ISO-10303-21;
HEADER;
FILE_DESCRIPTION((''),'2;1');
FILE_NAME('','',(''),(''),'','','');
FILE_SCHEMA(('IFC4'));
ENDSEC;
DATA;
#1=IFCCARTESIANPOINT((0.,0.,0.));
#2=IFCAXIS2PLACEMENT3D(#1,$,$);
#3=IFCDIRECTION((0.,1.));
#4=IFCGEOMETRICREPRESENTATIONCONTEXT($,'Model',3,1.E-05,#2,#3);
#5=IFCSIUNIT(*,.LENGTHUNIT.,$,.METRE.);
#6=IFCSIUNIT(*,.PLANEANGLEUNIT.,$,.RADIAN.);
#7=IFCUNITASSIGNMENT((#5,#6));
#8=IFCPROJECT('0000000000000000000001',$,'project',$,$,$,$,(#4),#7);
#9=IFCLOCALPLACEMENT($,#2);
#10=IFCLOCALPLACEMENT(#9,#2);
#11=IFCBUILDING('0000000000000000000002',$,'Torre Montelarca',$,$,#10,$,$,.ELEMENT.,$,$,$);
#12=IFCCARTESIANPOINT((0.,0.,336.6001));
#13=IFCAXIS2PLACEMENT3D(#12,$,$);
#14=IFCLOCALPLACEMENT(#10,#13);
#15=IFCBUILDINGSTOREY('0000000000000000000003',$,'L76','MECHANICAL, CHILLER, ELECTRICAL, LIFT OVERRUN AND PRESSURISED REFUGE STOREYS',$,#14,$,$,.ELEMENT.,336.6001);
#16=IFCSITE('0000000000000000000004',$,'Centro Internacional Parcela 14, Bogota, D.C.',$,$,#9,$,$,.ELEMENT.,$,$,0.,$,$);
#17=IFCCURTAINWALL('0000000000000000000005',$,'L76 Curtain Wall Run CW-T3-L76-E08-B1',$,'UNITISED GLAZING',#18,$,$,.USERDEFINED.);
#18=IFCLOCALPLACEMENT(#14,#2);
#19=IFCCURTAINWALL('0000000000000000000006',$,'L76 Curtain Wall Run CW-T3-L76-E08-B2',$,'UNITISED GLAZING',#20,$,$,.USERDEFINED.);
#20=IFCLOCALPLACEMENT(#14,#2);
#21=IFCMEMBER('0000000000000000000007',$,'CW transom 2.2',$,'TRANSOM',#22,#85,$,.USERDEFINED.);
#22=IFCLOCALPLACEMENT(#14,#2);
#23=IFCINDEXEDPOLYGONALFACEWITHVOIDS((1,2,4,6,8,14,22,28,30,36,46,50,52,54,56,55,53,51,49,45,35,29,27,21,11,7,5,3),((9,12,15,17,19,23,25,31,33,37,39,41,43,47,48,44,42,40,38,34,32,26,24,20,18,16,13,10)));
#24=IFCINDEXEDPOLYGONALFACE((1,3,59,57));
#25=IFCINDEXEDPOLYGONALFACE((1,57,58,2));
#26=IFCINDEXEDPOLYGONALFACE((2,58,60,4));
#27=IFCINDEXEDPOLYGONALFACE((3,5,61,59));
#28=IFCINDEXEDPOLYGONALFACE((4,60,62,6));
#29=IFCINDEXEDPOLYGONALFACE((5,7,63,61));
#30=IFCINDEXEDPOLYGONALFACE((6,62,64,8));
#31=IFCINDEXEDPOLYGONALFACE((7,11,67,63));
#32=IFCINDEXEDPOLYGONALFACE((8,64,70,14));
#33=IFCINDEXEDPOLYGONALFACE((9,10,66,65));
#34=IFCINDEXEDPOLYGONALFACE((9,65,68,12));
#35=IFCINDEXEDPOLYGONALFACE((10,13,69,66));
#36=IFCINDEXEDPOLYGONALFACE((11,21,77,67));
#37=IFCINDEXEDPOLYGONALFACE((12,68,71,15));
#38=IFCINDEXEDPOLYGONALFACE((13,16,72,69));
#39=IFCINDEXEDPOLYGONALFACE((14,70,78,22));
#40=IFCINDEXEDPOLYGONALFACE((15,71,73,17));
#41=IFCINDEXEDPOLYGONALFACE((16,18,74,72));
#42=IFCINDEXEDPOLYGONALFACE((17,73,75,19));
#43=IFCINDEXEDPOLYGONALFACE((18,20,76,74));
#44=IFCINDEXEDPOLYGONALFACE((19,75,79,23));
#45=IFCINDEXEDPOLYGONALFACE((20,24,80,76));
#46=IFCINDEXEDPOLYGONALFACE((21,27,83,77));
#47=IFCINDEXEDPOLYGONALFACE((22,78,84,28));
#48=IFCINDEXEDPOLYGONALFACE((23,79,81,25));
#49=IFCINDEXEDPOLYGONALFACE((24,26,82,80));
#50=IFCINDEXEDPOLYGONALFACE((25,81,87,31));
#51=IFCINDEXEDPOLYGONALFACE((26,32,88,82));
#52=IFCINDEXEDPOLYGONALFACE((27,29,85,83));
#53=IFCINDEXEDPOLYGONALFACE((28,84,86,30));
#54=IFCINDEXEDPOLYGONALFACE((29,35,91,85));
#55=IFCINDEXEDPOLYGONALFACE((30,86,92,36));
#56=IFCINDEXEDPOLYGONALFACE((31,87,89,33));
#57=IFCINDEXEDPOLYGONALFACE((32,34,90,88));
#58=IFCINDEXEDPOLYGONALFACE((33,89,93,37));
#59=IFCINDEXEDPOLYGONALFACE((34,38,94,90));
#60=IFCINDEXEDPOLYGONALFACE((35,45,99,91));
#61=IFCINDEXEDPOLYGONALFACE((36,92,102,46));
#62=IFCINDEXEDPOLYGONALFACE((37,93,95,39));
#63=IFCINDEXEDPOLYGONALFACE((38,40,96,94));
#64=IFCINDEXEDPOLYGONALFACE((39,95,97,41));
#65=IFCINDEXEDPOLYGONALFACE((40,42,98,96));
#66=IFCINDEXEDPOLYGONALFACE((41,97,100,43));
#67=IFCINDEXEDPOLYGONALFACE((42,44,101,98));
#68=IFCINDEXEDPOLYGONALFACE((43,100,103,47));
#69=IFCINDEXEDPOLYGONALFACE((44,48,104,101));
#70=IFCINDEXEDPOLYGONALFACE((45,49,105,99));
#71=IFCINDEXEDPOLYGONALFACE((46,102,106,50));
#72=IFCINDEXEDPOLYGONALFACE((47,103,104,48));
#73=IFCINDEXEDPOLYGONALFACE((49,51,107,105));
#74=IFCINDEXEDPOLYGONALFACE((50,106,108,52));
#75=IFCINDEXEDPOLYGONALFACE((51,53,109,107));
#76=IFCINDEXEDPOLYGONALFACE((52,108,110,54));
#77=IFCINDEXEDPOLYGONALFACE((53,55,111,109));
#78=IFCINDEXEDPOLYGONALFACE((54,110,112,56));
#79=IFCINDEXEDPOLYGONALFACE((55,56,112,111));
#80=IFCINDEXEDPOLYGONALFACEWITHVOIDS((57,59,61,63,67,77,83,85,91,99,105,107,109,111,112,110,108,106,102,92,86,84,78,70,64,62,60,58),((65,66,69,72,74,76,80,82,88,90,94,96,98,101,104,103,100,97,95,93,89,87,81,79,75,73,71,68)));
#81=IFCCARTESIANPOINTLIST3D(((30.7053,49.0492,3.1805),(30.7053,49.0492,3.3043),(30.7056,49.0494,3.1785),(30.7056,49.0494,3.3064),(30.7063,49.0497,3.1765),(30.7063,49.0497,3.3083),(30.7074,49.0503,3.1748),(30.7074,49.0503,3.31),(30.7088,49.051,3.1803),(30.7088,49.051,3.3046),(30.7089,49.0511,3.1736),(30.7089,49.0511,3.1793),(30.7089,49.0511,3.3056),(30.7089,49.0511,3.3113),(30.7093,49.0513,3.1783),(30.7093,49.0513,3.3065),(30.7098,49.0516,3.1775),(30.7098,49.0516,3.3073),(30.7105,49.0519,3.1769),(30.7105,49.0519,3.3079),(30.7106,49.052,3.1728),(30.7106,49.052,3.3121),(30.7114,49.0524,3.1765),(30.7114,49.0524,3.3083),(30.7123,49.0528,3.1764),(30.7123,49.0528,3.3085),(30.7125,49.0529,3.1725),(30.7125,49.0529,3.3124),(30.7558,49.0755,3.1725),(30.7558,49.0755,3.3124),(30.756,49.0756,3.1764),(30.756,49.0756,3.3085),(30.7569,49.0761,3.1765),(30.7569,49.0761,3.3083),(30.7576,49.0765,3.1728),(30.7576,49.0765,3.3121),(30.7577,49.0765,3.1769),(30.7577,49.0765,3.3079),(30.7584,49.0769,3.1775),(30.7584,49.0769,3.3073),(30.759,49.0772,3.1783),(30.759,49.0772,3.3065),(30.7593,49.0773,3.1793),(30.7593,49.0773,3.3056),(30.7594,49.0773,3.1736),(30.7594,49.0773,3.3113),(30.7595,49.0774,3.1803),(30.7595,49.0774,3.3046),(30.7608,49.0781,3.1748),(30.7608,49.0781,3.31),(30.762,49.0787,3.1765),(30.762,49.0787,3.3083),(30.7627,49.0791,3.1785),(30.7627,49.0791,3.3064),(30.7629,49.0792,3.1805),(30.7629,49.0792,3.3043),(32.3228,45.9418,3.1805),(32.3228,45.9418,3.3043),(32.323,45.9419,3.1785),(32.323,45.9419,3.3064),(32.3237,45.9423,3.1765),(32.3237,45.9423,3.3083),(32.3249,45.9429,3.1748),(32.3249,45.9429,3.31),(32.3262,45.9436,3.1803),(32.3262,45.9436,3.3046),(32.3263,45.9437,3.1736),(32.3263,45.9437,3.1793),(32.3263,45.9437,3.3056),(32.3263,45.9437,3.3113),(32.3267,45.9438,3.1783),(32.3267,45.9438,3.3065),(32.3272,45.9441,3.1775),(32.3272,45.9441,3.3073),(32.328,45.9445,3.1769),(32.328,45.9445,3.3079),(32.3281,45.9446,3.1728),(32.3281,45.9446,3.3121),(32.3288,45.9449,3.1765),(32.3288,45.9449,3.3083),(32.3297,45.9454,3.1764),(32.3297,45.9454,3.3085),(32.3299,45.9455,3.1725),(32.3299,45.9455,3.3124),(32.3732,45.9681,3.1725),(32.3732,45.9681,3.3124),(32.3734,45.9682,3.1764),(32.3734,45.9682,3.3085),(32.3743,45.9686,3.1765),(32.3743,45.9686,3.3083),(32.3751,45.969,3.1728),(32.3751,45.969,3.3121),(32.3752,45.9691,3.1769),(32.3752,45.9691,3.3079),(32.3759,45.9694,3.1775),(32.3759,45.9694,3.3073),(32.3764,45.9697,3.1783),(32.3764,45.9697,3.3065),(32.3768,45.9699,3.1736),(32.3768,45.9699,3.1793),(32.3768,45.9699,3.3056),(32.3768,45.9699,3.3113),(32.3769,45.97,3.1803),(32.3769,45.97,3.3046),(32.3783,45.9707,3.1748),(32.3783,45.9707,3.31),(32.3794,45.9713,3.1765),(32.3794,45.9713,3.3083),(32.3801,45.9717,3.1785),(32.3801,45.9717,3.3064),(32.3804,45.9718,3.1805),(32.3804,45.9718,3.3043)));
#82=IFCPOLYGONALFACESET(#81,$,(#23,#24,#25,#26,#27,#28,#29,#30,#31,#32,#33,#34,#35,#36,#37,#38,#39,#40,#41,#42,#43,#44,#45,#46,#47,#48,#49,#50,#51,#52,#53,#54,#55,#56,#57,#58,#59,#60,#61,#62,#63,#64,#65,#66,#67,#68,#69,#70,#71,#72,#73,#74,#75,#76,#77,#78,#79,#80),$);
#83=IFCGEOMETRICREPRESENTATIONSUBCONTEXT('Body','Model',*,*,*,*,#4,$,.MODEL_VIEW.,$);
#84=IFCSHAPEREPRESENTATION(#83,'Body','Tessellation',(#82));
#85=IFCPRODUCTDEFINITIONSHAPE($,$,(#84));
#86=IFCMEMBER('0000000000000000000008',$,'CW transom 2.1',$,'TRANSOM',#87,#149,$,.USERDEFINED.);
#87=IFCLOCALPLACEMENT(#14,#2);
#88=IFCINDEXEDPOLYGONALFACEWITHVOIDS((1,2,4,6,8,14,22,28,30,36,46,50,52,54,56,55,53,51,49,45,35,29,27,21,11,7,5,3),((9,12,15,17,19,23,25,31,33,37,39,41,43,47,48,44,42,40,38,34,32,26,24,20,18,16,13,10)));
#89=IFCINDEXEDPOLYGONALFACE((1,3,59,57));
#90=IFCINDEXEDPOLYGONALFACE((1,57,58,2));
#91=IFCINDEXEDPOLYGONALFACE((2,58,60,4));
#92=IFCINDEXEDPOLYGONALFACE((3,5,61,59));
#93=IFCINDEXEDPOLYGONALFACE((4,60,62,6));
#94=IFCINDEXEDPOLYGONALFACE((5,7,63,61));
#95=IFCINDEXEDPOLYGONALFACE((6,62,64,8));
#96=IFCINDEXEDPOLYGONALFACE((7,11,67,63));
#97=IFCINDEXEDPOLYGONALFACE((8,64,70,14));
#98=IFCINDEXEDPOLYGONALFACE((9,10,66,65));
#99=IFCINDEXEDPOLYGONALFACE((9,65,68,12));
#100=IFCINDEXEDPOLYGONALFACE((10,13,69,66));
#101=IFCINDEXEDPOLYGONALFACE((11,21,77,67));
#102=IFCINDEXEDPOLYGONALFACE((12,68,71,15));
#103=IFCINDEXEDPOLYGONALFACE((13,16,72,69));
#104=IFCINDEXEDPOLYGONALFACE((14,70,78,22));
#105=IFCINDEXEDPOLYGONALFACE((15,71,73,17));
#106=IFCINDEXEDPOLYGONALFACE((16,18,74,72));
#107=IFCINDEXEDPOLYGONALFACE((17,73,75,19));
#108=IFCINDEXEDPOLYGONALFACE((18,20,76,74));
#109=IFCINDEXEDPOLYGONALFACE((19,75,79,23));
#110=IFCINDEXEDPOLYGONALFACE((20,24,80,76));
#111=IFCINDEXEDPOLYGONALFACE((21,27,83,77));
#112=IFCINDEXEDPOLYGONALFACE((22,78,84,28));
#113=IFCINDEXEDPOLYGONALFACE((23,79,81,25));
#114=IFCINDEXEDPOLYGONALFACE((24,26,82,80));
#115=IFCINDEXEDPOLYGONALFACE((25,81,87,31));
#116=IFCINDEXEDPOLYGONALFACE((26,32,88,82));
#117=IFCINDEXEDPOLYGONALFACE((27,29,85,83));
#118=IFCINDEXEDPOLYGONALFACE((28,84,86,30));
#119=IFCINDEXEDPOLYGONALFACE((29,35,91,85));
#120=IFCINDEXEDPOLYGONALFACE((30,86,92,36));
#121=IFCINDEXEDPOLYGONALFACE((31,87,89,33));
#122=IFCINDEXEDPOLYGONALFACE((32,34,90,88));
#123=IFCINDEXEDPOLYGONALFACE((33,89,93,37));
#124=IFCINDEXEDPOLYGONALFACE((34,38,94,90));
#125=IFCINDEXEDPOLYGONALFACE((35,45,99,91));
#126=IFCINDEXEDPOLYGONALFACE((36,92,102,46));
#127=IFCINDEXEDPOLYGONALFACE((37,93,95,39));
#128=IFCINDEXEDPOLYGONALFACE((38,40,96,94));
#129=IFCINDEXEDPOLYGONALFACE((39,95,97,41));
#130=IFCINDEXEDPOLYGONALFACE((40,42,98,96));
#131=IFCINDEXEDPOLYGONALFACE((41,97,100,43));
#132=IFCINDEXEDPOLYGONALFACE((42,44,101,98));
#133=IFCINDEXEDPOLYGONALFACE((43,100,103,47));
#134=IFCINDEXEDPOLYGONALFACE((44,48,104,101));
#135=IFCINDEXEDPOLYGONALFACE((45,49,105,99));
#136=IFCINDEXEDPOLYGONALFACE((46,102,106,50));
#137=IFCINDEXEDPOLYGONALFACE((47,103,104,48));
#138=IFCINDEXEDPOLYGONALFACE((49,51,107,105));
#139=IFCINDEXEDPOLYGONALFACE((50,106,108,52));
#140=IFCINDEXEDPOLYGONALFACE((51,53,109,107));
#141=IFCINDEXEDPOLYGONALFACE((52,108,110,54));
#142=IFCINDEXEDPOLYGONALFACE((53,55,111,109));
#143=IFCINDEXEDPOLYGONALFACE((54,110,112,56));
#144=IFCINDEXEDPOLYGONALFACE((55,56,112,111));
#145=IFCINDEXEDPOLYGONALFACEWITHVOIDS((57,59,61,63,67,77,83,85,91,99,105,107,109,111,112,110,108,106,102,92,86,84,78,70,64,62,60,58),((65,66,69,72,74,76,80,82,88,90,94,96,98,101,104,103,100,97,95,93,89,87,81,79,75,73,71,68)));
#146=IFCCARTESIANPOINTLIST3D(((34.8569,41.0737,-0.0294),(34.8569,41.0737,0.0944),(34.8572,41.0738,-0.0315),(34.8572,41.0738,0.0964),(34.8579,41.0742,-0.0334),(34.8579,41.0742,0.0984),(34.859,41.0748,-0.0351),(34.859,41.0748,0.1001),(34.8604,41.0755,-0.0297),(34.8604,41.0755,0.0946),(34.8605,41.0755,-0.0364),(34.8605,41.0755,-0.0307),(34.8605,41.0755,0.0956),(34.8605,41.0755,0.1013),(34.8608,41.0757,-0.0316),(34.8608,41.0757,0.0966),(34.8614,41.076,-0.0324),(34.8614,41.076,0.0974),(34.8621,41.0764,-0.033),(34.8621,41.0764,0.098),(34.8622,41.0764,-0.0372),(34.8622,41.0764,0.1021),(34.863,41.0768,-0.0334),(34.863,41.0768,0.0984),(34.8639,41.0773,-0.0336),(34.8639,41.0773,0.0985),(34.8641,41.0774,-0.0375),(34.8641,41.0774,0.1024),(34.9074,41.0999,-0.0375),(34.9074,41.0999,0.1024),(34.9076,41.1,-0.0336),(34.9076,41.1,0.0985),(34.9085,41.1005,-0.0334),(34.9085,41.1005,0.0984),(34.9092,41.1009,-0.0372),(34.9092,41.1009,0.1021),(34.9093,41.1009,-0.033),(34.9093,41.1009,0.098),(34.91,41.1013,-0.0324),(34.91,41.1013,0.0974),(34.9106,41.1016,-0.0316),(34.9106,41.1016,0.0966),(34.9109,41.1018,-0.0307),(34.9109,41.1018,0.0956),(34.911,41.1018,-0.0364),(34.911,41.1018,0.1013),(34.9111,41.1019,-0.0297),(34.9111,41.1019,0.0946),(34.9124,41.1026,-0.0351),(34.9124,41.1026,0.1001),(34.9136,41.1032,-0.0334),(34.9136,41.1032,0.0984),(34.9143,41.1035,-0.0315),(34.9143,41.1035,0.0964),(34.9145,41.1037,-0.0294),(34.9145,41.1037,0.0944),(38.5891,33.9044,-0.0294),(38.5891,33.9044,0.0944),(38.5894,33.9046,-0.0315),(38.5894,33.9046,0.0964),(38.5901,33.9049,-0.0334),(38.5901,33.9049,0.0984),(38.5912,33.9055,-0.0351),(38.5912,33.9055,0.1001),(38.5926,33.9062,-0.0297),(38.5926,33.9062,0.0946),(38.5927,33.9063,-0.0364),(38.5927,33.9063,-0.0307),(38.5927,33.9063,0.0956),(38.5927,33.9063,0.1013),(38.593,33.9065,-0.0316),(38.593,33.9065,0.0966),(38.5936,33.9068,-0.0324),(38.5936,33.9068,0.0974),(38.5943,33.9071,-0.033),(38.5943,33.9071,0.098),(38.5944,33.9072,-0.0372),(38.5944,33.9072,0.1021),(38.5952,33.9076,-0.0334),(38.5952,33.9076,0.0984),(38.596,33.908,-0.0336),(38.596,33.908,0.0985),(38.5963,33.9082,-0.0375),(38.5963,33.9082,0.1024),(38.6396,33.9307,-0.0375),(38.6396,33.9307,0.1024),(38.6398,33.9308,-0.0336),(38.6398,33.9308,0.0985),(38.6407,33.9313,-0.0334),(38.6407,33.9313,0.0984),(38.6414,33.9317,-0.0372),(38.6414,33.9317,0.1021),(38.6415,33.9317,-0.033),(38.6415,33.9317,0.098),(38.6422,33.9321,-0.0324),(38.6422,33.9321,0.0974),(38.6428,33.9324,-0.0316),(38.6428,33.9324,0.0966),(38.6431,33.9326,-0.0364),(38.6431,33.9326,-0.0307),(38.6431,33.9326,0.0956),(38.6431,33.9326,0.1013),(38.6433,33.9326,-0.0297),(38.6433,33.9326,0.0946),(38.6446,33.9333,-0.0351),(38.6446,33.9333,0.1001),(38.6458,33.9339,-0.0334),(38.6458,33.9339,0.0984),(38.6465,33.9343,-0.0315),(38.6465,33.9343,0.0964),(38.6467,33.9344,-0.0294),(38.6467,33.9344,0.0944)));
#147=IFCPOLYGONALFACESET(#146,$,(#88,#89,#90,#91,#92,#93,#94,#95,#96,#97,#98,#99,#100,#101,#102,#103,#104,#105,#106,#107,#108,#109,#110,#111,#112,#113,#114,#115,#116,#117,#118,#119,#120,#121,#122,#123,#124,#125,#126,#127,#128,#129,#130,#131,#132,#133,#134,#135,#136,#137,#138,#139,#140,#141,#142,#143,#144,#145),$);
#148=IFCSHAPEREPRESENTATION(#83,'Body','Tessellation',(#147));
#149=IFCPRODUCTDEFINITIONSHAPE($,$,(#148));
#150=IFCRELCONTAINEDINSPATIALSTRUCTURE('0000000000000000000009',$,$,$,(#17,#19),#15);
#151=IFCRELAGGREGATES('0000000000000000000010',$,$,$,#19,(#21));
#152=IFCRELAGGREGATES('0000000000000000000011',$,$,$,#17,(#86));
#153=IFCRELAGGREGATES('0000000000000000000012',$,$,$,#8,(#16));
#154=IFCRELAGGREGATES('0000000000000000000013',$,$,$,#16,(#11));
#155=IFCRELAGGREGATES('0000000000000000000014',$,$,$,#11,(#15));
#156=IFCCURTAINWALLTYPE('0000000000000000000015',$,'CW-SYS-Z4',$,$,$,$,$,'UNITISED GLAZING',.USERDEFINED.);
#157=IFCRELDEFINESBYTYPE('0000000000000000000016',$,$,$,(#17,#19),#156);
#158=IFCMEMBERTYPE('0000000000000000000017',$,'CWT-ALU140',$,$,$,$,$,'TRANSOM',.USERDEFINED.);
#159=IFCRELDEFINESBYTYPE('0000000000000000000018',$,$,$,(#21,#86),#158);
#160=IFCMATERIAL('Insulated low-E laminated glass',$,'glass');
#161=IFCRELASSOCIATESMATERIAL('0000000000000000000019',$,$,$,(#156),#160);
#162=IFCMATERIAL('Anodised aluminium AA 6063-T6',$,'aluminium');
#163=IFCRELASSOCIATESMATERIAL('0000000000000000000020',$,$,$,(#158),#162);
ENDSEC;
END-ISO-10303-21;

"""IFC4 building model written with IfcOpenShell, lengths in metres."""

from ifc_helpers import new_model, si_unit, direction, frame, origin, origin_2d, place, context, subcontext, project, spatial, hollow_rectangle, extrude, source, transform, mapped, material, material_profile, profile_set, type_object, element, aggregate, save


model = new_model("IFC4")

# Units and contexts
model_context = context("Model", 3, precision=1e-05, world=origin(), true_north=direction((0.0, 1.0)))
body_context = subcontext(model_context, "Body", "Model", "MODEL_VIEW")
ifc_project = project(units=[si_unit("LENGTHUNIT", "METRE"), si_unit("PLANEANGLEUNIT", "RADIAN")], contexts=[model_context])

# Site, building, storey
site_placement = place(None, origin())
site = spatial("IfcSite", under=ifc_project, at=site_placement, Name="Centro Internacional Parcela 14, Bogota, D.C.", CompositionType="ELEMENT", RefElevation=0.0)
building_placement = place(site_placement, origin())
building = spatial("IfcBuilding", under=site, at=building_placement, Name="Torre Montelarca", CompositionType="ELEMENT")
storey_placement = place(building_placement, frame((0.0, 0.0, 336.6001)))
storey = spatial("IfcBuildingStorey", under=building, at=storey_placement, Name="L76", Description="MECHANICAL, CHILLER, ELECTRICAL, LIFT OVERRUN AND PRESSURISED REFUGE STOREYS", CompositionType="ELEMENT", Elevation=336.6001)

# Curtain walls, member
ifc_material_1 = material(Name="Insulated low-E laminated glass", Category="glass")
curtain_wall_type = type_object("IfcCurtainWallType", Name="CW-SYS-Z4", ElementType="UNITISED GLAZING", PredefinedType="USERDEFINED", material=ifc_material_1)
ifc_material_2 = material(Name="Anodised aluminium AA 6063-T6", Category="aluminium")
ifc_material_profile_1 = material_profile(ifc_material_2, hollow_rectangle(XDim=0.0649, YDim=0.1399, WallThickness=0.0039, InnerFilletRadius=0.0039, OuterFilletRadius=0.0081, at=origin_2d()), Name="ALU65X140X4", Category="aluminium")
ifc_profile_set_1 = profile_set([ifc_material_profile_1], Name="Anodised aluminium AA 6063-T6")
member_type_1 = type_object("IfcMemberType", Name="CWT-ALU140", ElementType="TRANSOM", PredefinedType="USERDEFINED", material=ifc_profile_set_1)
curtain_wall_1_placement = place(storey_placement, origin())
curtain_wall_1 = element("IfcCurtainWall", 1, at=curtain_wall_1_placement, inside=storey, type_object=curtain_wall_type, Name="L76 Curtain Wall Run CW-T3-L76-E08-B1", ObjectType="UNITISED GLAZING", PredefinedType="USERDEFINED")
curtain_wall_2_placement = place(storey_placement, origin())
curtain_wall_2 = element("IfcCurtainWall", 2, at=curtain_wall_2_placement, inside=storey, type_object=curtain_wall_type, Name="L76 Curtain Wall Run CW-T3-L76-E08-B2", ObjectType="UNITISED GLAZING", PredefinedType="USERDEFINED")
shared_shape_1 = source(origin(), body_context, "Body", "SweptSolid", [
    extrude(hollow_rectangle(XDim=0.0649, YDim=0.1399, WallThickness=0.0039, InnerFilletRadius=0.0039, OuterFilletRadius=0.0081, at=origin_2d()), origin(), (0.0, 0.0, 1.0), 3.5032),
])
member_1_placement = place(storey_placement, frame((32.3516, 45.9568, 3.2424), z_axis=(-0.461706, 0.887033, 0.0), x_axis=(-0.887033, -0.461706, 0.0)))
member_1 = element("IfcMember", 3, at=member_1_placement, type_object=member_type_1, Name="CW transom 2.2", ObjectType="TRANSOM", PredefinedType="USERDEFINED", context=body_context, shape_type="MappedRepresentation", body=[
    mapped(shared_shape_1, transform((0.0, 0.0, 0.0), scale=1.0)),
])

# Member
shared_shape_2 = source(origin(), body_context, "Body", "SweptSolid", [
    extrude(hollow_rectangle(XDim=0.0649, YDim=0.1399, WallThickness=0.0039, InnerFilletRadius=0.0039, OuterFilletRadius=0.0081, at=origin_2d()), origin(), (0.0, 0.0, 1.0), 8.0825),
])
member_2_placement = place(storey_placement, frame((38.6179, 33.9194, 0.0325), z_axis=(-0.461762, 0.887004, 0.0), x_axis=(-0.887004, -0.461762, 0.0)))
member_2 = element("IfcMember", 4, at=member_2_placement, type_object=member_type_1, Name="CW transom 2.1", ObjectType="TRANSOM", PredefinedType="USERDEFINED", context=body_context, shape_type="MappedRepresentation", body=[
    mapped(shared_shape_2, transform((0.0, 0.0, 0.0), scale=1.0)),
])

aggregate(curtain_wall_2, [member_1])
aggregate(curtain_wall_1, [member_2])

save(model, "model.ifc")
